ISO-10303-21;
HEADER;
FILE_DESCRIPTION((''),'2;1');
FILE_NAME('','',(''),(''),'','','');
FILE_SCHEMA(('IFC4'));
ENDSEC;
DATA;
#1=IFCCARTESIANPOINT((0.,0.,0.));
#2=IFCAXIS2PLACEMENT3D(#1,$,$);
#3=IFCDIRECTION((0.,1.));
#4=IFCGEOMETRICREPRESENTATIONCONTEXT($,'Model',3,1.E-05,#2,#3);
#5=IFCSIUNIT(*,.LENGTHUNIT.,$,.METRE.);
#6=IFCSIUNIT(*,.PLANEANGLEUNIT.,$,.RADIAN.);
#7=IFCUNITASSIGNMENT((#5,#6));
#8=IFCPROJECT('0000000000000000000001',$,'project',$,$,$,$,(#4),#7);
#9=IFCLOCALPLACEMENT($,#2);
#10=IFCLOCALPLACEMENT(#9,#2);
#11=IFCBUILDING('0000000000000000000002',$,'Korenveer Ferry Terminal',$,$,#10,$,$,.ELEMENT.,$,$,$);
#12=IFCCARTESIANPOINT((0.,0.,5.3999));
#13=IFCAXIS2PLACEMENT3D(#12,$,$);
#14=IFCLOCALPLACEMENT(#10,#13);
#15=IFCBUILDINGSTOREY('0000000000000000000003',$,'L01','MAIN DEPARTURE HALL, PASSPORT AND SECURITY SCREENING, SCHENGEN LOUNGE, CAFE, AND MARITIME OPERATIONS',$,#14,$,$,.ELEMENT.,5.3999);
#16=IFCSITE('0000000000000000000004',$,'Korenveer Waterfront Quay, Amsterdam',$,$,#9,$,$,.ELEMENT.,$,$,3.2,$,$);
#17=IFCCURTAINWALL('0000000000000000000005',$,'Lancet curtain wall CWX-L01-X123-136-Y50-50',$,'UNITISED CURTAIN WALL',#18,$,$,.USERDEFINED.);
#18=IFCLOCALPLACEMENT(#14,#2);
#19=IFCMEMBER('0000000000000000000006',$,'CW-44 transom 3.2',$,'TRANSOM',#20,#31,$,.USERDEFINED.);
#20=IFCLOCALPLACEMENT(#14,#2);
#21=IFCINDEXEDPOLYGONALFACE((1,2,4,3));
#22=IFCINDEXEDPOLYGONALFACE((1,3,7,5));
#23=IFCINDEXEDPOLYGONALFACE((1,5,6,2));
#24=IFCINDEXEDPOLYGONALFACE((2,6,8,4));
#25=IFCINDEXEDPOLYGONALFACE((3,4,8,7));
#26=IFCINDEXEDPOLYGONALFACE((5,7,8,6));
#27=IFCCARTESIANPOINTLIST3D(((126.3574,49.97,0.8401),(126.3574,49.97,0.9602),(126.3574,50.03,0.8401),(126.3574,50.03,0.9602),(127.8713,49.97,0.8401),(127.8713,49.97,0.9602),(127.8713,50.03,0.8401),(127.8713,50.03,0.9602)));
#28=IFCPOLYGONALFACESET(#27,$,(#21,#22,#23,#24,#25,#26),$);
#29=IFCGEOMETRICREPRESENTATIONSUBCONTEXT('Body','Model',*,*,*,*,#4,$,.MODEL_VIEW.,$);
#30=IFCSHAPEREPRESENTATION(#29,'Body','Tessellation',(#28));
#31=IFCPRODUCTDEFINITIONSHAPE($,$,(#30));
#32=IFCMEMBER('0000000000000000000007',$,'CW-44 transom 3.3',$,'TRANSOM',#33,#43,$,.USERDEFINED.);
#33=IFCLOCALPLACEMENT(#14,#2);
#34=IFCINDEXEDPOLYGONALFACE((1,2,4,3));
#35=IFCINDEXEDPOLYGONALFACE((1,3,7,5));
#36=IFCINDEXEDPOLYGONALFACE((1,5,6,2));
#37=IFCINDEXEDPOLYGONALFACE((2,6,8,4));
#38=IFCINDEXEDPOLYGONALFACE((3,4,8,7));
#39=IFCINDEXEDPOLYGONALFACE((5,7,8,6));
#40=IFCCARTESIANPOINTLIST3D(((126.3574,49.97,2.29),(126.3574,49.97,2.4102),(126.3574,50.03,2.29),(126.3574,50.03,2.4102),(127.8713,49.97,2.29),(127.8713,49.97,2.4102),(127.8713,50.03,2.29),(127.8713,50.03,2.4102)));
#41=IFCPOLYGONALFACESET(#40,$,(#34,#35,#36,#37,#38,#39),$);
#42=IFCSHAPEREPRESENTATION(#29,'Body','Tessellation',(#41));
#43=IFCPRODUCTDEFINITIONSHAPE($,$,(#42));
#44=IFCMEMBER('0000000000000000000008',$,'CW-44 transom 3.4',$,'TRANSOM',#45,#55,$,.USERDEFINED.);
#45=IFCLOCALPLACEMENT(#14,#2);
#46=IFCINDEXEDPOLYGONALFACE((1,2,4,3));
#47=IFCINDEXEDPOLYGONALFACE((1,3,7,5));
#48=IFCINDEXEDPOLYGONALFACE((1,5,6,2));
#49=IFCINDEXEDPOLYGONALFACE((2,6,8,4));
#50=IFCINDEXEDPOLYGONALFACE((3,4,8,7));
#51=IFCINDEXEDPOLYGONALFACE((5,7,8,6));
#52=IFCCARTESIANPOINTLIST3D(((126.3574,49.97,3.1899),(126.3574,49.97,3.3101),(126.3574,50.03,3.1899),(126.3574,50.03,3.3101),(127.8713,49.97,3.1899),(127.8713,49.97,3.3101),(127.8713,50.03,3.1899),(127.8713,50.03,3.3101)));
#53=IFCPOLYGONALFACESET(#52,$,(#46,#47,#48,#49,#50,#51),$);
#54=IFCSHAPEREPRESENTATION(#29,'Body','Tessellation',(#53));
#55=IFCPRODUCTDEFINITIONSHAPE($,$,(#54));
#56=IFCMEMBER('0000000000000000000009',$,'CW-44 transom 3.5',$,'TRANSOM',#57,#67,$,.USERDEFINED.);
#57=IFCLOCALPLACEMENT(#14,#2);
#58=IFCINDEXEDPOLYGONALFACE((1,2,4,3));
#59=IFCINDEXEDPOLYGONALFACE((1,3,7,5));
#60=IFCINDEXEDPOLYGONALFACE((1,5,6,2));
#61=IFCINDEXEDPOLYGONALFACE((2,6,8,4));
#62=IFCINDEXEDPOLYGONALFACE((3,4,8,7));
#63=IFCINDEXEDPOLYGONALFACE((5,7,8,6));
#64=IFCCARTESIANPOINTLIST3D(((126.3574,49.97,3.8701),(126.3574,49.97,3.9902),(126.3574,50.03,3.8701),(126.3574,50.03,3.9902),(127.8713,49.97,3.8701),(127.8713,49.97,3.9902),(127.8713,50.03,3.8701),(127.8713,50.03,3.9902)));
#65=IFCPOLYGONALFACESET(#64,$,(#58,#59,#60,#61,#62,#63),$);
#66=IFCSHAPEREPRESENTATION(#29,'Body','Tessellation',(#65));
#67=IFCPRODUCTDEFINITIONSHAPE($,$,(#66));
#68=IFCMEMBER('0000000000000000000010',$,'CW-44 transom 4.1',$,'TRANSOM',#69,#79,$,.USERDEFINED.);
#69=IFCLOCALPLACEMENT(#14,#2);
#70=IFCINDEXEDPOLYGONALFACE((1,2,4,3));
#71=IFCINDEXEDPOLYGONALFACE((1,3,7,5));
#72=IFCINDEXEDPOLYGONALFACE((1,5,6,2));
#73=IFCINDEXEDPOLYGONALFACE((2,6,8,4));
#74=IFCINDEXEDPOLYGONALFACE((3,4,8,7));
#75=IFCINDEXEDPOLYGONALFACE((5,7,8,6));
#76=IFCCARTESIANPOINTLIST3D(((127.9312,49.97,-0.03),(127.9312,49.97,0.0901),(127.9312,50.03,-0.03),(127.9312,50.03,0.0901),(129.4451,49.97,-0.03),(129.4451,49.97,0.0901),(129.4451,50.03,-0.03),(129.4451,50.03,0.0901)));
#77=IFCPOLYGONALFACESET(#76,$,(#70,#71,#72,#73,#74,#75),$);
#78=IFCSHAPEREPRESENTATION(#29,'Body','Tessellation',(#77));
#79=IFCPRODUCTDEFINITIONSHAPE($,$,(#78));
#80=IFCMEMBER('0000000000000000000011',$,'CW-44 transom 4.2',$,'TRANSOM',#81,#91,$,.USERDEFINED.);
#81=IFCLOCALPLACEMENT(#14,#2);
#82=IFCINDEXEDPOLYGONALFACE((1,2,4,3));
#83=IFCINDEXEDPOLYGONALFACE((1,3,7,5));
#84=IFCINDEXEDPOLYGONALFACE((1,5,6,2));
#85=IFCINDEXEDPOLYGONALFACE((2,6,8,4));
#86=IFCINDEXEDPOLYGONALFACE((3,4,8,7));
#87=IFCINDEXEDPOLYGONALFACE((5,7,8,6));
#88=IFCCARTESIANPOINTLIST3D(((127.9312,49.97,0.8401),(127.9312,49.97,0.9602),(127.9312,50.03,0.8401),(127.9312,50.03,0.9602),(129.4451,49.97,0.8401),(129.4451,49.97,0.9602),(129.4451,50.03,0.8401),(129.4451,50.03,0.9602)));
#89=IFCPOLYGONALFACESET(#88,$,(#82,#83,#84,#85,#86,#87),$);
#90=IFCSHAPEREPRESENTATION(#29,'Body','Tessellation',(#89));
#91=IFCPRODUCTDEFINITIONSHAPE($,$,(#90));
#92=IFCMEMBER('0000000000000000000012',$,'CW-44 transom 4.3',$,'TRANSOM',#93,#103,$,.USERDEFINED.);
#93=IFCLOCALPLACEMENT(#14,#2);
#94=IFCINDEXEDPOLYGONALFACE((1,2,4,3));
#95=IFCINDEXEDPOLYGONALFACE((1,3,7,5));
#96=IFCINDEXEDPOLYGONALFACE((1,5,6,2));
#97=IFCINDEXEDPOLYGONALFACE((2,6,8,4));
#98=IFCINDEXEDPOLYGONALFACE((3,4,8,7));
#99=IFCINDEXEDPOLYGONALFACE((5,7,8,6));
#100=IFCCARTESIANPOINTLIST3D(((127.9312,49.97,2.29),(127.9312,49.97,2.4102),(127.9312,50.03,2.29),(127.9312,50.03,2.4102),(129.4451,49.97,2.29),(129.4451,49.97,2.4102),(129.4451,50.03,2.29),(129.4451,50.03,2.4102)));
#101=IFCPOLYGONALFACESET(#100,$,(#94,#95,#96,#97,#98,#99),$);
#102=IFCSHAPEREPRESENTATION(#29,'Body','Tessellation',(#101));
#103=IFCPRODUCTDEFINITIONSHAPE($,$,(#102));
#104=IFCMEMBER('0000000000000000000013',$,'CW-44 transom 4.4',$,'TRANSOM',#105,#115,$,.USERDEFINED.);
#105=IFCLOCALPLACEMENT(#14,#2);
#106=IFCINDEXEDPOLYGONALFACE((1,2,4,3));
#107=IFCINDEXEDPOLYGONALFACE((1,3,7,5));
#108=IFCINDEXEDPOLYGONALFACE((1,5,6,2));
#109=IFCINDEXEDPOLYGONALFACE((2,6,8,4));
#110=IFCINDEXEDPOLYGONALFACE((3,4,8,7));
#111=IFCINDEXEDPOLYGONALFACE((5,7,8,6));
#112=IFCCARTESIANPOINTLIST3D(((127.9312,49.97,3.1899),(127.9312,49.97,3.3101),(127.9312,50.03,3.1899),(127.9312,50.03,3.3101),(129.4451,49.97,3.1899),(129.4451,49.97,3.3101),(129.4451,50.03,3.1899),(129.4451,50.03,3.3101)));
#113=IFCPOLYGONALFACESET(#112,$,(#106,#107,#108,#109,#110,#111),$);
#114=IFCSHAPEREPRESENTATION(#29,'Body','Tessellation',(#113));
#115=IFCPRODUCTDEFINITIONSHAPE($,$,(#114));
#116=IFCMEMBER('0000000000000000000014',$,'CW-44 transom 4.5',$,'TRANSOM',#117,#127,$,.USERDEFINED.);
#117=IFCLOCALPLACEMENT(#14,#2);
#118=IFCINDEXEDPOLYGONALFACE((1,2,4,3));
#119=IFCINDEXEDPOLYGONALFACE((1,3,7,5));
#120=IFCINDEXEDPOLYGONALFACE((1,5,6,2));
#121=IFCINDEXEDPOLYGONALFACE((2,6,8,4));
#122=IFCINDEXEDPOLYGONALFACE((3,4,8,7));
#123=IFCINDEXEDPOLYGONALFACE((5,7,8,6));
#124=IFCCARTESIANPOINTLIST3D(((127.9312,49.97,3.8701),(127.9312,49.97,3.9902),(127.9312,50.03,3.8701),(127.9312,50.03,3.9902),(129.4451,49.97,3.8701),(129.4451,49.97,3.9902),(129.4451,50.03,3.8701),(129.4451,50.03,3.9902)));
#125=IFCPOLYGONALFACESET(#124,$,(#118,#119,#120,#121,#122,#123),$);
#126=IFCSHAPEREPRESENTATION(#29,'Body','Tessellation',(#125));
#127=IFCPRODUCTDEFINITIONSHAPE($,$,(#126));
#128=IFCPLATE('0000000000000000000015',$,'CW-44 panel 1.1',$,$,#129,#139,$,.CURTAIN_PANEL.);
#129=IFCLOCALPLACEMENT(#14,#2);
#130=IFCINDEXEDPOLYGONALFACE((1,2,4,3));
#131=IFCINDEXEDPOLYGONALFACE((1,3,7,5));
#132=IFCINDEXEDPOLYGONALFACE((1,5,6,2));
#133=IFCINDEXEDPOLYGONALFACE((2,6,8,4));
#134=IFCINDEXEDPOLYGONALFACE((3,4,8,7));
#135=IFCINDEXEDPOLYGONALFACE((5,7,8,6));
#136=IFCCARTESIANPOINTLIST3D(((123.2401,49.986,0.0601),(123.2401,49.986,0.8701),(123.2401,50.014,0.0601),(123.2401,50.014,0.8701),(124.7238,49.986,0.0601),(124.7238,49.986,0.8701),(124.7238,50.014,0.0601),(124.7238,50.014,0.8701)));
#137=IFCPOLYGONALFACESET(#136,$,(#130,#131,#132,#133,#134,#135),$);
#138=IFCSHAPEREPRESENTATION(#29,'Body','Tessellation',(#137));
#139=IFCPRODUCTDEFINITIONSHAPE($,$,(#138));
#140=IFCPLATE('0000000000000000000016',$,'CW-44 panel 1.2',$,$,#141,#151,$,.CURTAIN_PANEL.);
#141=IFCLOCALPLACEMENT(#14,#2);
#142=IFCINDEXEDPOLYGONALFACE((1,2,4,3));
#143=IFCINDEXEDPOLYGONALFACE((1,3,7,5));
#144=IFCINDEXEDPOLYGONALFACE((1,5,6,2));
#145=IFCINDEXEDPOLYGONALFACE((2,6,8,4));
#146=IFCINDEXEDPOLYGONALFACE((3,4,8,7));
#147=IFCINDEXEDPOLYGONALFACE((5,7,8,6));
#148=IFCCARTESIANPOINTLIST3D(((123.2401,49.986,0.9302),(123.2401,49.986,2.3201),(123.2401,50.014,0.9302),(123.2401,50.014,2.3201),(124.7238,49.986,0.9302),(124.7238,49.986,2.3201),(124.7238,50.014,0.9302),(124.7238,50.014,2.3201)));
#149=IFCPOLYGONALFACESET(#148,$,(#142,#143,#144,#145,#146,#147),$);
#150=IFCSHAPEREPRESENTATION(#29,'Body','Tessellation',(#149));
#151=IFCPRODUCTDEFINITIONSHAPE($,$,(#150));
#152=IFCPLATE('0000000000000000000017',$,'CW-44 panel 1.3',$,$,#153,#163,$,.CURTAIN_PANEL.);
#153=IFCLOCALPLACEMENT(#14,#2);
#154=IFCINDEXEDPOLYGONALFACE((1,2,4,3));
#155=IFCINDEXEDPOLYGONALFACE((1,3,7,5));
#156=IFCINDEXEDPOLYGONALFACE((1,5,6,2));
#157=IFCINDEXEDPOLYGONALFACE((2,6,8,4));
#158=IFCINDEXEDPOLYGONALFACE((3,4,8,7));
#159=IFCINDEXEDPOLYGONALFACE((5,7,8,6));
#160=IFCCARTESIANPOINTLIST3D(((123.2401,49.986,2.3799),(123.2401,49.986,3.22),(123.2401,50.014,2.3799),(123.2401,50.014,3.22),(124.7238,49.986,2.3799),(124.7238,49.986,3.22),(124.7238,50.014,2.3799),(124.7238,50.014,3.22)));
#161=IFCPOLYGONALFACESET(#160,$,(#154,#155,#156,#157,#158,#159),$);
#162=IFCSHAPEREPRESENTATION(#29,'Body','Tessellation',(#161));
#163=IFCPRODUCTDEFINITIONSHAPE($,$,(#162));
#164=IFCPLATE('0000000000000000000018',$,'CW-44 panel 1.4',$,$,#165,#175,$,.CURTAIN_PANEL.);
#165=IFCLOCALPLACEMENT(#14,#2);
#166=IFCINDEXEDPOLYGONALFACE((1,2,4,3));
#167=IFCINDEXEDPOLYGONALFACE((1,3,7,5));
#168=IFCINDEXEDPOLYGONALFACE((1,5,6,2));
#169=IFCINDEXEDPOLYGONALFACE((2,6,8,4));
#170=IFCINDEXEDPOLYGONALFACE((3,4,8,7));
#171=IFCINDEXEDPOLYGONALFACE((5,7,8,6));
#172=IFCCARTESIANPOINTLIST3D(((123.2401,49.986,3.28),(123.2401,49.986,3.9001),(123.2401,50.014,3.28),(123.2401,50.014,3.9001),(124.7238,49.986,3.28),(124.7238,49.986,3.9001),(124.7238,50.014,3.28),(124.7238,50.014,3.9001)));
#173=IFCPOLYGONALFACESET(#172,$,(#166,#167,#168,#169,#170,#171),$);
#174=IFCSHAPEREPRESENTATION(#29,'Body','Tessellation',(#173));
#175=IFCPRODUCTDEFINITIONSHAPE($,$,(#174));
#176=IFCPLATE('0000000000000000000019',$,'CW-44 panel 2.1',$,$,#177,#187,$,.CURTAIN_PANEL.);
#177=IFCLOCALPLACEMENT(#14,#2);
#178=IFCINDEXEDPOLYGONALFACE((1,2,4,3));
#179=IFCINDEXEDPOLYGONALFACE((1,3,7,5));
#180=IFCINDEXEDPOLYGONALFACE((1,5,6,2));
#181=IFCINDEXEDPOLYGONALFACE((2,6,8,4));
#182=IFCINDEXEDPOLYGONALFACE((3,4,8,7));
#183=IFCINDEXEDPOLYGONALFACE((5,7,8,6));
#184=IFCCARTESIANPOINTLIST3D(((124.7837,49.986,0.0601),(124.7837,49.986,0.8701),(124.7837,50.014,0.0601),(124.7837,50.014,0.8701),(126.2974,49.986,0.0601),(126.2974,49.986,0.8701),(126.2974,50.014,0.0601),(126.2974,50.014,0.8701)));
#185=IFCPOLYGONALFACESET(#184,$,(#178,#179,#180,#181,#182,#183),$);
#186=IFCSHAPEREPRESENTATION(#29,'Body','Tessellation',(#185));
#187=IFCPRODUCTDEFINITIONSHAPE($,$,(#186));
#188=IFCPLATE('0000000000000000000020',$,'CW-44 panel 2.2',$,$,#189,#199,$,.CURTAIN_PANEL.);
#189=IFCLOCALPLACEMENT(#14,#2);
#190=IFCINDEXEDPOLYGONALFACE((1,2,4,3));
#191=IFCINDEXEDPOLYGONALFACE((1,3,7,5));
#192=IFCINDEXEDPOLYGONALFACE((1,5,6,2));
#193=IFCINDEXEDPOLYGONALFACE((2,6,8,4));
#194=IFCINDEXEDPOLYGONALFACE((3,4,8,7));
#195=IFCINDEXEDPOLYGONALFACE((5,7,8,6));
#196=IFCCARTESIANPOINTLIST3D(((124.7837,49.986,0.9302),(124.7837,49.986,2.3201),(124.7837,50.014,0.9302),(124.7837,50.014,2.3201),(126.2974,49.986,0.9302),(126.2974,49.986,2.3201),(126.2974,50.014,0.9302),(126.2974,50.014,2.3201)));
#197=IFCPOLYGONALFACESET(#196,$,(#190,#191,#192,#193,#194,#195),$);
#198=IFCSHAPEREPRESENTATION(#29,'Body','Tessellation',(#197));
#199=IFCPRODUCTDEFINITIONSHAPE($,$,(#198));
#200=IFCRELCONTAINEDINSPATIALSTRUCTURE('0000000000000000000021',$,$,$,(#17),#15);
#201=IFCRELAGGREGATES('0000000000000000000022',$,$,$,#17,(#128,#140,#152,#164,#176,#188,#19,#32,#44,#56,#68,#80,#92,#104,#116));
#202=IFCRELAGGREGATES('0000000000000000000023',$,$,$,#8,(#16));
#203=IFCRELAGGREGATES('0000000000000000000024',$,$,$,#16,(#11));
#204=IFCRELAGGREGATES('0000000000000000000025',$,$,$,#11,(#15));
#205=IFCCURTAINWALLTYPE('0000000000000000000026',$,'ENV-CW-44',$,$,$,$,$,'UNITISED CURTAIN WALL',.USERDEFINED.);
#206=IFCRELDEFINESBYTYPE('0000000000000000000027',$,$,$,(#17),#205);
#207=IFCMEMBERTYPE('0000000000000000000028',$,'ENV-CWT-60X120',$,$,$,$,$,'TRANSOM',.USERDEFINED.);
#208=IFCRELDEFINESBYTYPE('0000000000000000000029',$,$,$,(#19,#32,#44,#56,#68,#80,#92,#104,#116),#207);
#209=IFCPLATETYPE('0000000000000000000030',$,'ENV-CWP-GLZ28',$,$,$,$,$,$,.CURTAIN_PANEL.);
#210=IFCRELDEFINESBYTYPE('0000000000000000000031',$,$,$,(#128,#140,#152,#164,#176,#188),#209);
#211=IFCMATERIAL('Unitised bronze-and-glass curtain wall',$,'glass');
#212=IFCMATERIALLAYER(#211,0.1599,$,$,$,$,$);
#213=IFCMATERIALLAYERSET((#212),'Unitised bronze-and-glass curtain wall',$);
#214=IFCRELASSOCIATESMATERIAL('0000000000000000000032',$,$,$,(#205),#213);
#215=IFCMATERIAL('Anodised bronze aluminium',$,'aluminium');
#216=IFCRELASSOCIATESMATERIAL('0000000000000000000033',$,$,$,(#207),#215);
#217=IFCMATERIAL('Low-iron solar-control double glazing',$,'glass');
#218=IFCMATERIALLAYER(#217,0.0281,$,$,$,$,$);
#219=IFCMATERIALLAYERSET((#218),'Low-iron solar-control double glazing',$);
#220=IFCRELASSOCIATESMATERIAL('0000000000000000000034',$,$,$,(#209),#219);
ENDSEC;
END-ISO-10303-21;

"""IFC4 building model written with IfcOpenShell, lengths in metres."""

from ifc_helpers import new_model, si_unit, direction, frame, origin, origin_2d, place, context, subcontext, project, spatial, rectangle, extrude, material, layer, layer_set, material_profile, profile_set, type_object, element, aggregate, save


model = new_model("IFC4")

# Units and contexts
model_context = context("Model", 3, precision=1e-05, world=origin(), true_north=direction((0.0, 1.0)))
body_context = subcontext(model_context, "Body", "Model", "MODEL_VIEW")
ifc_project = project(units=[si_unit("LENGTHUNIT", "METRE"), si_unit("PLANEANGLEUNIT", "RADIAN")], contexts=[model_context])

# Site, building, storey
site_placement = place(None, origin())
site = spatial("IfcSite", under=ifc_project, at=site_placement, Name="Korenveer Waterfront Quay, Amsterdam", CompositionType="ELEMENT", RefElevation=3.2)
building_placement = place(site_placement, origin())
building = spatial("IfcBuilding", under=site, at=building_placement, Name="Korenveer Ferry Terminal", CompositionType="ELEMENT")
storey_placement = place(building_placement, frame((0.0, 0.0, 5.3999)))
storey = spatial("IfcBuildingStorey", under=building, at=storey_placement, Name="L01", Description="MAIN DEPARTURE HALL, PASSPORT AND SECURITY SCREENING, SCHENGEN LOUNGE, CAFE, AND MARITIME OPERATIONS", CompositionType="ELEMENT", Elevation=5.3999)

# Curtain wall, members, plates
ifc_material_1 = material(Name="Unitised bronze-and-glass curtain wall", Category="glass")
ifc_layer_1 = layer(ifc_material_1, 0.1599)
ifc_layer_set_1 = layer_set([ifc_layer_1], Name="Unitised bronze-and-glass curtain wall")
curtain_wall_type = type_object("IfcCurtainWallType", Name="ENV-CW-44", ElementType="UNITISED CURTAIN WALL", PredefinedType="USERDEFINED", material=ifc_layer_set_1)
curtain_wall_placement = place(storey_placement, frame((123.1799, 50.0, 0.0)))
curtain_wall = element("IfcCurtainWall", 1, at=curtain_wall_placement, inside=storey, type_object=curtain_wall_type, Name="Lancet curtain wall CWX-L01-X123-136-Y50-50", ObjectType="UNITISED CURTAIN WALL", PredefinedType="USERDEFINED")
ifc_material_2 = material(Name="Anodised bronze aluminium", Category="aluminium")
ifc_material_profile_1 = material_profile(ifc_material_2, rectangle(XDim=0.0601, YDim=0.1201, at=origin_2d()), Name="ALU 60x120")
ifc_profile_set_1 = profile_set([ifc_material_profile_1], Name="Anodised bronze aluminium")
member_type_1 = type_object("IfcMemberType", Name="ENV-CWT-60X120", ElementType="TRANSOM", PredefinedType="USERDEFINED", material=ifc_profile_set_1)
member_1_placement = place(storey_placement, frame((126.3574, 50.0, 0.9001), z_axis=(1.0, 0.0, 0.0), x_axis=(0.0, 1.0, 0.0)))
member_1 = element("IfcMember", 2, at=member_1_placement, type_object=member_type_1, Name="CW-44 transom 3.2", ObjectType="TRANSOM", PredefinedType="USERDEFINED", context=body_context, shape_type="SweptSolid", body=[
    extrude(rectangle(XDim=0.0601, YDim=0.1201, at=origin_2d()), origin(), (0.0, 0.0, 1.0), 1.5139),
])
member_2_placement = place(storey_placement, frame((126.3574, 50.0, 2.3501), z_axis=(1.0, 0.0, 0.0), x_axis=(0.0, 1.0, 0.0)))
member_2 = element("IfcMember", 3, at=member_2_placement, type_object=member_type_1, Name="CW-44 transom 3.3", ObjectType="TRANSOM", PredefinedType="USERDEFINED", context=body_context, shape_type="SweptSolid", body=[
    extrude(rectangle(XDim=0.0601, YDim=0.1201, at=origin_2d()), origin(), (0.0, 0.0, 1.0), 1.5139),
])
member_3_placement = place(storey_placement, frame((126.3574, 50.0, 3.25), z_axis=(1.0, 0.0, 0.0), x_axis=(0.0, 1.0, 0.0)))
member_3 = element("IfcMember", 4, at=member_3_placement, type_object=member_type_1, Name="CW-44 transom 3.4", ObjectType="TRANSOM", PredefinedType="USERDEFINED", context=body_context, shape_type="SweptSolid", body=[
    extrude(rectangle(XDim=0.0601, YDim=0.1201, at=origin_2d()), origin(), (0.0, 0.0, 1.0), 1.5139),
])
member_4_placement = place(storey_placement, frame((126.3574, 50.0, 3.9302), z_axis=(1.0, 0.0, 0.0), x_axis=(0.0, 1.0, 0.0)))
member_4 = element("IfcMember", 5, at=member_4_placement, type_object=member_type_1, Name="CW-44 transom 3.5", ObjectType="TRANSOM", PredefinedType="USERDEFINED", context=body_context, shape_type="SweptSolid", body=[
    extrude(rectangle(XDim=0.0601, YDim=0.1201, at=origin_2d()), origin(), (0.0, 0.0, 1.0), 1.5139),
])
member_5_placement = place(storey_placement, frame((127.9312, 50.0, 0.03), z_axis=(1.0, 0.0, 0.0), x_axis=(0.0, 1.0, 0.0)))
member_5 = element("IfcMember", 6, at=member_5_placement, type_object=member_type_1, Name="CW-44 transom 4.1", ObjectType="TRANSOM", PredefinedType="USERDEFINED", context=body_context, shape_type="SweptSolid", body=[
    extrude(rectangle(XDim=0.0601, YDim=0.1201, at=origin_2d()), origin(), (0.0, 0.0, 1.0), 1.5139),
])
member_6_placement = place(storey_placement, frame((127.9312, 50.0, 0.9001), z_axis=(1.0, 0.0, 0.0), x_axis=(0.0, 1.0, 0.0)))
member_6 = element("IfcMember", 7, at=member_6_placement, type_object=member_type_1, Name="CW-44 transom 4.2", ObjectType="TRANSOM", PredefinedType="USERDEFINED", context=body_context, shape_type="SweptSolid", body=[
    extrude(rectangle(XDim=0.0601, YDim=0.1201, at=origin_2d()), origin(), (0.0, 0.0, 1.0), 1.5139),
])
member_7_placement = place(storey_placement, frame((127.9312, 50.0, 2.3501), z_axis=(1.0, 0.0, 0.0), x_axis=(0.0, 1.0, 0.0)))
member_7 = element("IfcMember", 8, at=member_7_placement, type_object=member_type_1, Name="CW-44 transom 4.3", ObjectType="TRANSOM", PredefinedType="USERDEFINED", context=body_context, shape_type="SweptSolid", body=[
    extrude(rectangle(XDim=0.0601, YDim=0.1201, at=origin_2d()), origin(), (0.0, 0.0, 1.0), 1.5139),
])
member_8_placement = place(storey_placement, frame((127.9312, 50.0, 3.25), z_axis=(1.0, 0.0, 0.0), x_axis=(0.0, 1.0, 0.0)))
member_8 = element("IfcMember", 9, at=member_8_placement, type_object=member_type_1, Name="CW-44 transom 4.4", ObjectType="TRANSOM", PredefinedType="USERDEFINED", context=body_context, shape_type="SweptSolid", body=[
    extrude(rectangle(XDim=0.0601, YDim=0.1201, at=origin_2d()), origin(), (0.0, 0.0, 1.0), 1.5139),
])
member_9_placement = place(storey_placement, frame((127.9312, 50.0, 3.9302), z_axis=(1.0, 0.0, 0.0), x_axis=(0.0, 1.0, 0.0)))
member_9 = element("IfcMember", 10, at=member_9_placement, type_object=member_type_1, Name="CW-44 transom 4.5", ObjectType="TRANSOM", PredefinedType="USERDEFINED", context=body_context, shape_type="SweptSolid", body=[
    extrude(rectangle(XDim=0.0601, YDim=0.1201, at=origin_2d()), origin(), (0.0, 0.0, 1.0), 1.5139),
])
ifc_material_3 = material(Name="Low-iron solar-control double glazing", Category="glass")
ifc_layer_2 = layer(ifc_material_3, 0.0281)
ifc_layer_set_2 = layer_set([ifc_layer_2], Name="Low-iron solar-control double glazing")
plate_type = type_object("IfcPlateType", Name="ENV-CWP-GLZ28", PredefinedType="CURTAIN_PANEL", material=ifc_layer_set_2)
plate_1_placement = place(storey_placement, frame((123.9819, 50.0, 0.0601), z_axis=(0.0, 0.0, 1.0), x_axis=(1.0, 0.0, 0.0)))
plate_1 = element("IfcPlate", 11, at=plate_1_placement, type_object=plate_type, Name="CW-44 panel 1.1", PredefinedType="CURTAIN_PANEL", context=body_context, shape_type="SweptSolid", body=[
    extrude(rectangle(XDim=1.4836, YDim=0.0281, at=origin_2d()), origin(), (0.0, 0.0, 1.0), 0.8101),
])
plate_2_placement = place(storey_placement, frame((123.9819, 50.0, 0.9302), z_axis=(0.0, 0.0, 1.0), x_axis=(1.0, 0.0, 0.0)))
plate_2 = element("IfcPlate", 12, at=plate_2_placement, type_object=plate_type, Name="CW-44 panel 1.2", PredefinedType="CURTAIN_PANEL", context=body_context, shape_type="SweptSolid", body=[
    extrude(rectangle(XDim=1.4836, YDim=0.0281, at=origin_2d()), origin(), (0.0, 0.0, 1.0), 1.3899),
])
plate_3_placement = place(storey_placement, frame((123.9819, 50.0, 2.3799), z_axis=(0.0, 0.0, 1.0), x_axis=(1.0, 0.0, 0.0)))
plate_3 = element("IfcPlate", 13, at=plate_3_placement, type_object=plate_type, Name="CW-44 panel 1.3", PredefinedType="CURTAIN_PANEL", context=body_context, shape_type="SweptSolid", body=[
    extrude(rectangle(XDim=1.4836, YDim=0.0281, at=origin_2d()), origin(), (0.0, 0.0, 1.0), 0.8401),
])
plate_4_placement = place(storey_placement, frame((123.9819, 50.0, 3.28), z_axis=(0.0, 0.0, 1.0), x_axis=(1.0, 0.0, 0.0)))
plate_4 = element("IfcPlate", 14, at=plate_4_placement, type_object=plate_type, Name="CW-44 panel 1.4", PredefinedType="CURTAIN_PANEL", context=body_context, shape_type="SweptSolid", body=[
    extrude(rectangle(XDim=1.4836, YDim=0.0281, at=origin_2d()), origin(), (0.0, 0.0, 1.0), 0.6201),
])
plate_5_placement = place(storey_placement, frame((125.5405, 50.0, 0.0601), z_axis=(0.0, 0.0, 1.0), x_axis=(1.0, 0.0, 0.0)))
plate_5 = element("IfcPlate", 15, at=plate_5_placement, type_object=plate_type, Name="CW-44 panel 2.1", PredefinedType="CURTAIN_PANEL", context=body_context, shape_type="SweptSolid", body=[
    extrude(rectangle(XDim=1.5137, YDim=0.0281, at=origin_2d()), origin(), (0.0, 0.0, 1.0), 0.8101),
])
plate_6_placement = place(storey_placement, frame((125.5405, 50.0, 0.9302), z_axis=(0.0, 0.0, 1.0), x_axis=(1.0, 0.0, 0.0)))
plate_6 = element("IfcPlate", 16, at=plate_6_placement, type_object=plate_type, Name="CW-44 panel 2.2", PredefinedType="CURTAIN_PANEL", context=body_context, shape_type="SweptSolid", body=[
    extrude(rectangle(XDim=1.5137, YDim=0.0281, at=origin_2d()), origin(), (0.0, 0.0, 1.0), 1.3899),
])
aggregate(curtain_wall, [plate_1, plate_2, plate_3, plate_4, plate_5, plate_6, member_1, member_2, member_3, member_4, member_5, member_6, member_7, member_8, member_9])

save(model, "model.ifc")
